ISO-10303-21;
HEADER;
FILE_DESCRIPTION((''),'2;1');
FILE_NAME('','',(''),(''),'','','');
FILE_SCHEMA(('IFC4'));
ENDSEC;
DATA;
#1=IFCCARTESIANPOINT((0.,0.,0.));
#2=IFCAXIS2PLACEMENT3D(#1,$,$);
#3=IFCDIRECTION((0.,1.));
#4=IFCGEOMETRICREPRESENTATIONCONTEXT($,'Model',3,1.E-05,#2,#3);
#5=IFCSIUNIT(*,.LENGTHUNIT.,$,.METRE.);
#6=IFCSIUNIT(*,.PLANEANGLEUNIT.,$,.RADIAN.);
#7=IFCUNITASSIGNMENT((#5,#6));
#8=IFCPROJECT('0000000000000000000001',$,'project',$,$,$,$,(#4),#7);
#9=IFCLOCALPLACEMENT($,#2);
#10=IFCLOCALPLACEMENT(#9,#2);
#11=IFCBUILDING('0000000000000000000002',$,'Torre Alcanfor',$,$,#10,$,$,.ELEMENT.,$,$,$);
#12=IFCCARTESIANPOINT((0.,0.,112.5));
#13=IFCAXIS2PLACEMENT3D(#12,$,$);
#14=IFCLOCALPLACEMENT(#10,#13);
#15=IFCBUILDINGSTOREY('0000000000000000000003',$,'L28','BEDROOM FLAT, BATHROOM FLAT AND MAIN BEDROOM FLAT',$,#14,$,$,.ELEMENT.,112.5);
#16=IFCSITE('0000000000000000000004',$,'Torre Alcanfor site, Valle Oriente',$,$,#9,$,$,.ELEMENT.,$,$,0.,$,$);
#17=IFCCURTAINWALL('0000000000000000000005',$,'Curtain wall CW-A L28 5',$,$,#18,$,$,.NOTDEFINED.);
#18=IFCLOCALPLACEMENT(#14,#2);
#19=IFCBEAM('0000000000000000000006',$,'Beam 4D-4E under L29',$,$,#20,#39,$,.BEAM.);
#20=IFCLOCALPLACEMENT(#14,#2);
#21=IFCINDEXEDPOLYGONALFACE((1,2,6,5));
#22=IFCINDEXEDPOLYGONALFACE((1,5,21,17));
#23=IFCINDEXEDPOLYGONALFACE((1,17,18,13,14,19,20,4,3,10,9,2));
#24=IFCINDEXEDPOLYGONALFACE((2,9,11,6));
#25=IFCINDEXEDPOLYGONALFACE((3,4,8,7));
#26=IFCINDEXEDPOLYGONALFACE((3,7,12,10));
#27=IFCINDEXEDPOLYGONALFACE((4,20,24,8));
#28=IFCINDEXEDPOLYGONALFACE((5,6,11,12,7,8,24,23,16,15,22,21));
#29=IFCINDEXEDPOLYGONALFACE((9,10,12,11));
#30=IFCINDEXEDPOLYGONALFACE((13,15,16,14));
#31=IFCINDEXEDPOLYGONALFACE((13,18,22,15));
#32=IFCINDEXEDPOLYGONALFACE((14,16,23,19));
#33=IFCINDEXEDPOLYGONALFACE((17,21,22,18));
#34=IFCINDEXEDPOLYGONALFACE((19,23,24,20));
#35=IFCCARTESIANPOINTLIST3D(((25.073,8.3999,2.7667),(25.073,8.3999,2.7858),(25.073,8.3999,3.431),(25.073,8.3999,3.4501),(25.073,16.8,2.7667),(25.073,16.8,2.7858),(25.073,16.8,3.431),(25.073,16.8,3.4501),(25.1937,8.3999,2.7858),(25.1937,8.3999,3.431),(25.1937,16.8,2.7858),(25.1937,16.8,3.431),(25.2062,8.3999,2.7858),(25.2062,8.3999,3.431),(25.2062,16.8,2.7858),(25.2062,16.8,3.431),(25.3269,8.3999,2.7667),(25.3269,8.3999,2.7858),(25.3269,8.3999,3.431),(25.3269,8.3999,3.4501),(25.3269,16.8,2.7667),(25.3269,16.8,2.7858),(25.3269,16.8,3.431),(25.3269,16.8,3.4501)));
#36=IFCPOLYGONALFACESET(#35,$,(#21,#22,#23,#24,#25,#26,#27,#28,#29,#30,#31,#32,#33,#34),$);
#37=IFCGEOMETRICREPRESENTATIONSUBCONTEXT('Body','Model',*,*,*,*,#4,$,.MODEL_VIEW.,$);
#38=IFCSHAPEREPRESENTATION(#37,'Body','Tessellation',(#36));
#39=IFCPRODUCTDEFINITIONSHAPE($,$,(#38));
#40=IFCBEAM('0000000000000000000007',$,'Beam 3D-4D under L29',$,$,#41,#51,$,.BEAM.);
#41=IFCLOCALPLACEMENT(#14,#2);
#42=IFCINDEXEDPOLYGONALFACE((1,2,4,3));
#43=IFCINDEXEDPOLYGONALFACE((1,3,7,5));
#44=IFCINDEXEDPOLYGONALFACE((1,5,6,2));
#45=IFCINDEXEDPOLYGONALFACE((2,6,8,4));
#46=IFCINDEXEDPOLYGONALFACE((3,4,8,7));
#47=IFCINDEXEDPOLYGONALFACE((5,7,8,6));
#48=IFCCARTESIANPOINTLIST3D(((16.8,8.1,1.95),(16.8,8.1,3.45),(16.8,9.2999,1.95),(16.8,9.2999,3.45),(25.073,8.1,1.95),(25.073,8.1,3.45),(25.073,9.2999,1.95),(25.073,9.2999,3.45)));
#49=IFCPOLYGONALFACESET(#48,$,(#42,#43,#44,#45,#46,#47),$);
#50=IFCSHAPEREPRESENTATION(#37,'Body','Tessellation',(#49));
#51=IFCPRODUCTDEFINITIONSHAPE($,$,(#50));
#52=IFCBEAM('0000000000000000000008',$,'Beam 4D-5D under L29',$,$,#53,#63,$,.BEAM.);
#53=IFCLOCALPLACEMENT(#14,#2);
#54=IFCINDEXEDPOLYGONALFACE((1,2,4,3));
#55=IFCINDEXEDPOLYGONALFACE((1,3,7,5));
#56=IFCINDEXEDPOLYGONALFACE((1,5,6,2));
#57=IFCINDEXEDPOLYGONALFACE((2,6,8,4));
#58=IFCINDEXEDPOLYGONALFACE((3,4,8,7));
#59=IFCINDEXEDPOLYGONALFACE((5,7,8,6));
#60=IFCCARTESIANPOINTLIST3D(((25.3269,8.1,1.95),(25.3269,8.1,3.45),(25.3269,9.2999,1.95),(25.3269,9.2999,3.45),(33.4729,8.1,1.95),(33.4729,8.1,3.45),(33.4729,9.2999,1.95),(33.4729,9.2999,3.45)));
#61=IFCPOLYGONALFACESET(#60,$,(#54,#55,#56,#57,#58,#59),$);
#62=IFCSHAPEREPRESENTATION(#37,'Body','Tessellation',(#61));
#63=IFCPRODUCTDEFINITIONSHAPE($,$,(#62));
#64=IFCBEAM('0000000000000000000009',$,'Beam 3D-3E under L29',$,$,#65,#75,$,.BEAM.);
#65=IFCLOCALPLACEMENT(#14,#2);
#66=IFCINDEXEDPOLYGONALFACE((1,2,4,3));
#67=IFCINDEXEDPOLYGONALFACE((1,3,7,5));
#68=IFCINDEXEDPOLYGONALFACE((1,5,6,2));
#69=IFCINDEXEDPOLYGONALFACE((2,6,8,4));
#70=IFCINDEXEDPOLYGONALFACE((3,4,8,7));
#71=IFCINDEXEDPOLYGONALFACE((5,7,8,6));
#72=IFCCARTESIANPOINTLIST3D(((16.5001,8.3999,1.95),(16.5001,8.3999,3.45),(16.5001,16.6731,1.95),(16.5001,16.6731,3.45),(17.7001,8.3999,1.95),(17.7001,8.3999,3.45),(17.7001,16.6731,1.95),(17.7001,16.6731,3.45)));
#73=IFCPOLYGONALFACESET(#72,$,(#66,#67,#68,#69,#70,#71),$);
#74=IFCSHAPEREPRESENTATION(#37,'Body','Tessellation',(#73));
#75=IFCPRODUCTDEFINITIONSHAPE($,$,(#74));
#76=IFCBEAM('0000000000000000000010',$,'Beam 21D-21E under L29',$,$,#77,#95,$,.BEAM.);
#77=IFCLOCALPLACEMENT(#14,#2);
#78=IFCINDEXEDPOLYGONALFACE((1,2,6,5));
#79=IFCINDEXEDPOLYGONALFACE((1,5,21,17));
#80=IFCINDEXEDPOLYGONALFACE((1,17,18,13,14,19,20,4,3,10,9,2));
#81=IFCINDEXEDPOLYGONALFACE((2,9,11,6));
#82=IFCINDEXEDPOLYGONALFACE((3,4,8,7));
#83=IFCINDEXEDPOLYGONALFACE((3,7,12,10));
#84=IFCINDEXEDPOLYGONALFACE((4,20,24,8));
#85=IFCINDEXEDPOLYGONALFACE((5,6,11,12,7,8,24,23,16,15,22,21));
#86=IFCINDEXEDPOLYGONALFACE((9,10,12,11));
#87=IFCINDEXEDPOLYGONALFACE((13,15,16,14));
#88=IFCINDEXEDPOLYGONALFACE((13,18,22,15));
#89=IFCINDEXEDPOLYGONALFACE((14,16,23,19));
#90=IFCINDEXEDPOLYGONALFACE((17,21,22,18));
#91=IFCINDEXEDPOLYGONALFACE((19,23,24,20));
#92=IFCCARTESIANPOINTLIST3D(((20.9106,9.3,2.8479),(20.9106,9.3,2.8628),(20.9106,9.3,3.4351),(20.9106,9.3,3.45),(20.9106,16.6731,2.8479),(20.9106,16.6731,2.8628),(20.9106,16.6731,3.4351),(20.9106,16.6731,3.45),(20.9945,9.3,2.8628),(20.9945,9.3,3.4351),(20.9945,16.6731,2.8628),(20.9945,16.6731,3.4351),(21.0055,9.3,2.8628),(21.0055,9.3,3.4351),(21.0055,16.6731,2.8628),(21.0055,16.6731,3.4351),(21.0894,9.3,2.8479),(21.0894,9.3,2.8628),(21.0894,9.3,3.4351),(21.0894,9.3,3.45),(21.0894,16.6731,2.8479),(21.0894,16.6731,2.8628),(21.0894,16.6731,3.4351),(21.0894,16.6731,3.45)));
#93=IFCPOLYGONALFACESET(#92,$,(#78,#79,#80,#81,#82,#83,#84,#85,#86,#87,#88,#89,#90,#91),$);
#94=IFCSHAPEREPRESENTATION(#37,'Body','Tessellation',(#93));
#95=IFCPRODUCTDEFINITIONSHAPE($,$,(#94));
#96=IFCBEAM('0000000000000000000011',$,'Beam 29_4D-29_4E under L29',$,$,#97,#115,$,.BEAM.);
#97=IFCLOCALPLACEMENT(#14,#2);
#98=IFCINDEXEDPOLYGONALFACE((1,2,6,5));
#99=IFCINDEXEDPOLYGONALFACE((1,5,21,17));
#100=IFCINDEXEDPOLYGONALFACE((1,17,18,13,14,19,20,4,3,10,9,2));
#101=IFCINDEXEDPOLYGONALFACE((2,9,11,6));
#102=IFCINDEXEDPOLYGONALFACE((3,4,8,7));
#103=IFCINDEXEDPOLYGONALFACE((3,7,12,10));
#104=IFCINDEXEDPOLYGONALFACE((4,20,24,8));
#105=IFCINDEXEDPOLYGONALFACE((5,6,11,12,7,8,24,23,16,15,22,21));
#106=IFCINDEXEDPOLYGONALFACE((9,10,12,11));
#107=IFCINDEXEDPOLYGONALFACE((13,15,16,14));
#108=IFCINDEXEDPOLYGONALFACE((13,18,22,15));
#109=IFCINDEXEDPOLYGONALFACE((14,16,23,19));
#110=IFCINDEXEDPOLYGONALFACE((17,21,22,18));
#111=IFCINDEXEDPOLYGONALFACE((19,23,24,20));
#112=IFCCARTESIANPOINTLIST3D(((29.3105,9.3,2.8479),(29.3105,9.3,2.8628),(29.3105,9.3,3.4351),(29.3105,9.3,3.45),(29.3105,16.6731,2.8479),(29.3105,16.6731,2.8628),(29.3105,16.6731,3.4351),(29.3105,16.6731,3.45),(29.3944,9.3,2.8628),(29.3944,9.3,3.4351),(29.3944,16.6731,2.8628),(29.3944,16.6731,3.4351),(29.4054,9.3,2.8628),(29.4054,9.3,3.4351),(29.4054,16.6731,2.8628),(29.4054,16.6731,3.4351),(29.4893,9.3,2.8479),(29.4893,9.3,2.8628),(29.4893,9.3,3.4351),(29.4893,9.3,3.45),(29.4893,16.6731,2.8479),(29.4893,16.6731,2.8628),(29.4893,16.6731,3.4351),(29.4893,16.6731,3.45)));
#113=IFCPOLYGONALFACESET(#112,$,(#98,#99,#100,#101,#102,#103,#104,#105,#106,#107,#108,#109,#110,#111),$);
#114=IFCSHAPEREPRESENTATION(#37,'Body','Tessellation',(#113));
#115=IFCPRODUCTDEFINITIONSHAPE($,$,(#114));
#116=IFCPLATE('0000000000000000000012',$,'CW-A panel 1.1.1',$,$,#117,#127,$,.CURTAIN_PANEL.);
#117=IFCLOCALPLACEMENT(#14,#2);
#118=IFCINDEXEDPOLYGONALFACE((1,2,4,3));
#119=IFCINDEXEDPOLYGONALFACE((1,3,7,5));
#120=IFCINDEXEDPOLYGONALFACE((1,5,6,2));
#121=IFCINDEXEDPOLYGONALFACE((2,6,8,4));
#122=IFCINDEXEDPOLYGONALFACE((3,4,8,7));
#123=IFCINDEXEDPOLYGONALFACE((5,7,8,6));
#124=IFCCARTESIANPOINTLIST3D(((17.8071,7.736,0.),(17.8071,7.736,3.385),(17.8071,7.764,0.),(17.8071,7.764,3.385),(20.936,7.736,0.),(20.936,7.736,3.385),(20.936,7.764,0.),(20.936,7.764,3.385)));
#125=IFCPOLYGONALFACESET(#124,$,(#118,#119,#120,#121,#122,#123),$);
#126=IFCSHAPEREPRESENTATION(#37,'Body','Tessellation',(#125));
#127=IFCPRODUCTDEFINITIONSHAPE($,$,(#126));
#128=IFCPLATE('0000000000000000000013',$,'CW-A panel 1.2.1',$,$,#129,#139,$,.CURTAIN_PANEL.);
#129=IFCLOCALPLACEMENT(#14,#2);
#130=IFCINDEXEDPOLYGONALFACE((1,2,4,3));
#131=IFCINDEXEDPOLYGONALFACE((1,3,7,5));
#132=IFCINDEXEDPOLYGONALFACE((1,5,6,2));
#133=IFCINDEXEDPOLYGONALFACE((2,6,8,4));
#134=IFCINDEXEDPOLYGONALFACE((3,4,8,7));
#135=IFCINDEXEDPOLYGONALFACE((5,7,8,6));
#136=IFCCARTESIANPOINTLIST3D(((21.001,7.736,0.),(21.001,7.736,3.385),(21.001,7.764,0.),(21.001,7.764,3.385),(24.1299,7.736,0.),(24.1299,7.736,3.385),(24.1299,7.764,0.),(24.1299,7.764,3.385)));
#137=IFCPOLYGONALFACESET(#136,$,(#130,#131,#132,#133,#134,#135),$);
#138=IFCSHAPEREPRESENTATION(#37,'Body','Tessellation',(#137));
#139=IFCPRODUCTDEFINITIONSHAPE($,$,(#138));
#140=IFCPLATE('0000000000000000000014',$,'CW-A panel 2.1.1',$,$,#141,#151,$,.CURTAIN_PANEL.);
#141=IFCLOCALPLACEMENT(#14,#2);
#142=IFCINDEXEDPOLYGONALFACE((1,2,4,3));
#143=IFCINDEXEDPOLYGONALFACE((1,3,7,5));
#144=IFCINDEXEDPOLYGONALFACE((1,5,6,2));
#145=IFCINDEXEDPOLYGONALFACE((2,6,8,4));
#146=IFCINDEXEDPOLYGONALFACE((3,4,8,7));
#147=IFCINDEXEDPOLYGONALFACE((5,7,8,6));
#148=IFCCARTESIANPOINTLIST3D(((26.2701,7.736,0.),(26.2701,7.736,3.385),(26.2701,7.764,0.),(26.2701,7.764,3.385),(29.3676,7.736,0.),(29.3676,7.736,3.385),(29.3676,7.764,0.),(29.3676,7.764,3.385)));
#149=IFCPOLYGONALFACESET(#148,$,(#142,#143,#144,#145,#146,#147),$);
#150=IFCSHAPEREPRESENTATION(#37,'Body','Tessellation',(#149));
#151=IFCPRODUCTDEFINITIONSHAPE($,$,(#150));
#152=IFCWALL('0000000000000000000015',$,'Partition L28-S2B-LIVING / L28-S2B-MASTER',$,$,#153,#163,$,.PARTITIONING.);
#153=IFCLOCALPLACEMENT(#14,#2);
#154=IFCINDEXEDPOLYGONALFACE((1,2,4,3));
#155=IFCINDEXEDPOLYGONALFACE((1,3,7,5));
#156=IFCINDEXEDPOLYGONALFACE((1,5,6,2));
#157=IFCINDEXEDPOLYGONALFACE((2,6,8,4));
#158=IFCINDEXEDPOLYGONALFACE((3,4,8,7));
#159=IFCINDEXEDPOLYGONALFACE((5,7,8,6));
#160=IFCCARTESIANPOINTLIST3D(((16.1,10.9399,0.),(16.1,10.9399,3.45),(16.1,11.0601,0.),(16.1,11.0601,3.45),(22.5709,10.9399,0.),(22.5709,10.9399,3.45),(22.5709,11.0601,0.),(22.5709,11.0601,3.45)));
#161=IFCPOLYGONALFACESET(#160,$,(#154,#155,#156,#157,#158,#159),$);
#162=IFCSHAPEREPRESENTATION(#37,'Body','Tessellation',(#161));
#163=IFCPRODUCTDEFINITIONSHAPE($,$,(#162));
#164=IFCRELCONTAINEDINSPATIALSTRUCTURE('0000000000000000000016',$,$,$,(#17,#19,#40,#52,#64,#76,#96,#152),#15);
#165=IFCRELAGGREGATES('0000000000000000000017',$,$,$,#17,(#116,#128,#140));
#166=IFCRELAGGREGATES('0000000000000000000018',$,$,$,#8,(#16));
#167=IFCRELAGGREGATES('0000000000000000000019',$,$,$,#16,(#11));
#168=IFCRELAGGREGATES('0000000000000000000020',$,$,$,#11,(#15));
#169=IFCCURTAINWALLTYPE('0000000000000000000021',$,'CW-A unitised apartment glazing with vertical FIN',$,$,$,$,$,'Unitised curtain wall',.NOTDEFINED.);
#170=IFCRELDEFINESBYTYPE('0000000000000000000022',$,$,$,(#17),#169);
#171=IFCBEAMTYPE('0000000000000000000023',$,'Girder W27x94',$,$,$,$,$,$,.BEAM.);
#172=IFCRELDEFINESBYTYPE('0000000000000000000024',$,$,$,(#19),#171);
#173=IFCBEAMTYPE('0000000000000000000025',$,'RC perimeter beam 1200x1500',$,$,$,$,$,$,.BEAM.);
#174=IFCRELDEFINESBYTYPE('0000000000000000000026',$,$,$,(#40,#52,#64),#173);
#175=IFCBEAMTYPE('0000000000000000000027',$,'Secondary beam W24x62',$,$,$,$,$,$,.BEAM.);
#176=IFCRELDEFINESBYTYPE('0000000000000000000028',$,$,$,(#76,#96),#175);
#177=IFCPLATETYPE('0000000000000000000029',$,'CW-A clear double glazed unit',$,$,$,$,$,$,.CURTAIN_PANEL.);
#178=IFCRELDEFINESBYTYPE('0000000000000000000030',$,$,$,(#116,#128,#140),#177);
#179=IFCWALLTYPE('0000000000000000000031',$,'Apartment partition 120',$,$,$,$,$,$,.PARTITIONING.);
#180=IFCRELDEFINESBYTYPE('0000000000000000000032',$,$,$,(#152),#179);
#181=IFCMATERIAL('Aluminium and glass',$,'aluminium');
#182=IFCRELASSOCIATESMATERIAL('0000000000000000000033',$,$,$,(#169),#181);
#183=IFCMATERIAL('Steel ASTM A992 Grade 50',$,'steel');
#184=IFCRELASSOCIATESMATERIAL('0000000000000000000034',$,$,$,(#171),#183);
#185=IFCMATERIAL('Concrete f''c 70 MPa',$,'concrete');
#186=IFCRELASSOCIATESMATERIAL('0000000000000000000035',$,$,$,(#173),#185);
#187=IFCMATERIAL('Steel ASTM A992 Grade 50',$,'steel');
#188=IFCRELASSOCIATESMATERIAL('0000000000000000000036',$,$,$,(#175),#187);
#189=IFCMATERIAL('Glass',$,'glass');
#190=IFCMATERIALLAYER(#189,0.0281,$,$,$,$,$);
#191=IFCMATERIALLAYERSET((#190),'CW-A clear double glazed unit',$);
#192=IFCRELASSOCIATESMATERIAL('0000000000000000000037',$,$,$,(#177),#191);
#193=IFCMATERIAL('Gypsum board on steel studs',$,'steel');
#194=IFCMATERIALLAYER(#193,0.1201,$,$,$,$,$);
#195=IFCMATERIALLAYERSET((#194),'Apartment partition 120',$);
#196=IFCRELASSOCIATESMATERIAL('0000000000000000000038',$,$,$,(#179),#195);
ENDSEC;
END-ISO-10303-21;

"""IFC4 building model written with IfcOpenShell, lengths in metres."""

from ifc_helpers import new_model, si_unit, direction, frame, frame_2d, origin, origin_2d, place, context, subcontext, project, spatial, rectangle, i_section, extrude, material, layer, layer_set, material_profile, profile_set, type_object, element, aggregate, save


model = new_model("IFC4")

# Units and contexts
model_context = context("Model", 3, precision=1e-05, world=origin(), true_north=direction((0.0, 1.0)))
body_context = subcontext(model_context, "Body", "Model", "MODEL_VIEW")
ifc_project = project(units=[si_unit("LENGTHUNIT", "METRE"), si_unit("PLANEANGLEUNIT", "RADIAN")], contexts=[model_context])

# Site, building, storey
site_placement = place(None, origin())
site = spatial("IfcSite", under=ifc_project, at=site_placement, Name="Torre Alcanfor site, Valle Oriente", CompositionType="ELEMENT", RefElevation=0.0)
building_placement = place(site_placement, origin())
building = spatial("IfcBuilding", under=site, at=building_placement, Name="Torre Alcanfor", CompositionType="ELEMENT")
storey_placement = place(building_placement, frame((0.0, 0.0, 112.5)))
storey = spatial("IfcBuildingStorey", under=building, at=storey_placement, Name="L28", Description="BEDROOM FLAT, BATHROOM FLAT AND MAIN BEDROOM FLAT", CompositionType="ELEMENT", Elevation=112.5)

# Curtain wall
ifc_material_1 = material(Name="Aluminium and glass", Category="aluminium")
curtain_wall_type = type_object("IfcCurtainWallType", Name="CW-A unitised apartment glazing with vertical FIN", ElementType="Unitised curtain wall", PredefinedType="NOTDEFINED", material=ifc_material_1)
curtain_wall_placement = place(storey_placement, origin())
curtain_wall = element("IfcCurtainWall", 1, at=curtain_wall_placement, inside=storey, type_object=curtain_wall_type, Name="Curtain wall CW-A L28 5", PredefinedType="NOTDEFINED")

# Beams
ifc_material_2 = material(Name="Steel ASTM A992 Grade 50", Category="steel")
ifc_material_profile_1 = material_profile(ifc_material_2, i_section(OverallWidth=0.2539, OverallDepth=0.6833, WebThickness=0.0125, FlangeThickness=0.019, at=origin_2d()), Name="W27x94")
ifc_profile_set_1 = profile_set([ifc_material_profile_1], Name="Steel ASTM A992 Grade 50")
beam_type_1 = type_object("IfcBeamType", Name="Girder W27x94", PredefinedType="BEAM", material=ifc_profile_set_1)
beam_1_placement = place(storey_placement, frame((25.2, 8.3999, 3.1084), z_axis=(0.0, 1.0, 0.0), x_axis=(-1.0, 0.0, 0.0)))
element("IfcBeam", 2, at=beam_1_placement, inside=storey, type_object=beam_type_1, Name="Beam 4D-4E under L29", PredefinedType="BEAM", context=body_context, shape_type="SweptSolid", body=[
    extrude(i_section(OverallWidth=0.2539, OverallDepth=0.6833, WebThickness=0.0125, FlangeThickness=0.019, at=origin_2d()), origin(), (0.0, 0.0, 1.0), 8.4001),
])
ifc_material_3 = material(Name="Concrete f'c 70 MPa", Category="concrete")
ifc_material_profile_2 = material_profile(ifc_material_3, rectangle(XDim=1.2, YDim=1.5, at=origin_2d()), Name="1200x1500")
ifc_profile_set_2 = profile_set([ifc_material_profile_2], Name="Concrete f'c 70 MPa")
beam_type_2 = type_object("IfcBeamType", Name="RC perimeter beam 1200x1500", PredefinedType="BEAM", material=ifc_profile_set_2)
beam_2_placement = place(storey_placement, frame((16.8, 8.7, 2.7), z_axis=(1.0, 0.0, 0.0), x_axis=(0.0, 1.0, 0.0)))
element("IfcBeam", 3, at=beam_2_placement, inside=storey, type_object=beam_type_2, Name="Beam 3D-4D under L29", PredefinedType="BEAM", context=body_context, shape_type="SweptSolid", body=[
    extrude(rectangle(XDim=1.2, YDim=1.5, at=origin_2d()), origin(), (0.0, 0.0, 1.0), 8.2729),
])
beam_3_placement = place(storey_placement, frame((25.3269, 8.7, 2.7), z_axis=(1.0, 0.0, 0.0), x_axis=(0.0, 1.0, 0.0)))
element("IfcBeam", 4, at=beam_3_placement, inside=storey, type_object=beam_type_2, Name="Beam 4D-5D under L29", PredefinedType="BEAM", context=body_context, shape_type="SweptSolid", body=[
    extrude(rectangle(XDim=1.2, YDim=1.5, at=origin_2d()), origin(), (0.0, 0.0, 1.0), 8.146),
])
beam_4_placement = place(storey_placement, frame((17.1001, 8.3999, 2.7), z_axis=(0.0, 1.0, 0.0), x_axis=(-1.0, 0.0, 0.0)))
element("IfcBeam", 5, at=beam_4_placement, inside=storey, type_object=beam_type_2, Name="Beam 3D-3E under L29", PredefinedType="BEAM", context=body_context, shape_type="SweptSolid", body=[
    extrude(rectangle(XDim=1.2, YDim=1.5, at=origin_2d()), origin(), (0.0, 0.0, 1.0), 8.2732),
])
ifc_material_4 = material(Name="Steel ASTM A992 Grade 50", Category="steel")
ifc_material_profile_3 = material_profile(ifc_material_4, i_section(OverallWidth=0.1787, OverallDepth=0.6021, WebThickness=0.011, FlangeThickness=0.0149, at=origin_2d()), Name="W24x62")
ifc_profile_set_3 = profile_set([ifc_material_profile_3], Name="Steel ASTM A992 Grade 50")
beam_type_3 = type_object("IfcBeamType", Name="Secondary beam W24x62", PredefinedType="BEAM", material=ifc_profile_set_3)
for number, where, z_axis, x_axis, name in (
    (6, (21.0, 9.3, 3.1489), (0.0, 1.0, 0.0), (-1.0, 0.0, 0.0), "Beam 21D-21E under L29"),
    (7, (29.3999, 9.3, 3.1489), (0.0, 1.0, 0.0), (-1.0, 0.0, 0.0), "Beam 29_4D-29_4E under L29"),
):
    element("IfcBeam", number, at=place(storey_placement, frame(where, z_axis=z_axis, x_axis=x_axis)), inside=storey, type_object=beam_type_3, Name=name, PredefinedType="BEAM", context=body_context, shape_type="SweptSolid", body=[
        extrude(i_section(OverallWidth=0.1787, OverallDepth=0.6021, WebThickness=0.011, FlangeThickness=0.0149, at=origin_2d()), origin(), (0.0, 0.0, 1.0), 7.373),
    ])

# Plates
ifc_material_5 = material(Name="Glass", Category="glass")
ifc_layer_1 = layer(ifc_material_5, 0.0281)
ifc_layer_set_1 = layer_set([ifc_layer_1], Name="CW-A clear double glazed unit")
plate_type = type_object("IfcPlateType", Name="CW-A clear double glazed unit", PredefinedType="CURTAIN_PANEL", material=ifc_layer_set_1)
plate_1_placement = place(storey_placement, frame((19.3716, 7.75, 0.0), z_axis=(0.0, 0.0, 1.0), x_axis=(1.0, 0.0, 0.0)))
plate_1 = element("IfcPlate", 8, at=plate_1_placement, type_object=plate_type, Name="CW-A panel 1.1.1", PredefinedType="CURTAIN_PANEL", context=body_context, shape_type="SweptSolid", body=[
    extrude(rectangle(XDim=3.1289, YDim=0.0281, at=origin_2d()), origin(), (0.0, 0.0, 1.0), 3.385),
])
plate_2_placement = place(storey_placement, frame((22.5654, 7.75, 0.0), z_axis=(0.0, 0.0, 1.0), x_axis=(1.0, 0.0, 0.0)))
plate_2 = element("IfcPlate", 9, at=plate_2_placement, type_object=plate_type, Name="CW-A panel 1.2.1", PredefinedType="CURTAIN_PANEL", context=body_context, shape_type="SweptSolid", body=[
    extrude(rectangle(XDim=3.1289, YDim=0.0281, at=origin_2d()), origin(), (0.0, 0.0, 1.0), 3.385),
])
plate_3_placement = place(storey_placement, frame((27.8188, 7.75, 0.0), z_axis=(0.0, 0.0, 1.0), x_axis=(1.0, 0.0, 0.0)))
plate_3 = element("IfcPlate", 10, at=plate_3_placement, type_object=plate_type, Name="CW-A panel 2.1.1", PredefinedType="CURTAIN_PANEL", context=body_context, shape_type="SweptSolid", body=[
    extrude(rectangle(XDim=3.0974, YDim=0.0281, at=origin_2d()), origin(), (0.0, 0.0, 1.0), 3.385),
])
aggregate(curtain_wall, [plate_1, plate_2, plate_3])

# Wall
ifc_material_6 = material(Name="Gypsum board on steel studs", Category="steel")
ifc_layer_2 = layer(ifc_material_6, 0.1201)
ifc_layer_set_2 = layer_set([ifc_layer_2], Name="Apartment partition 120")
wall_type_1 = type_object("IfcWallType", Name="Apartment partition 120", PredefinedType="PARTITIONING", material=ifc_layer_set_2)
wall_1_placement = place(storey_placement, frame((16.1001, 11.0, 0.0), z_axis=(0.0, 0.0, 1.0), x_axis=(1.0, 0.0, 0.0)))
element("IfcWall", 11, at=wall_1_placement, inside=storey, type_object=wall_type_1, Name="Partition L28-S2B-LIVING / L28-S2B-MASTER", PredefinedType="PARTITIONING", context=body_context, shape_type="SweptSolid", body=[
    extrude(rectangle(XDim=6.4709, YDim=0.1201, at=frame_2d((3.2354, 0.0))), origin(), (0.0, 0.0, 1.0), 3.45),
])

save(model, "model.ifc")
